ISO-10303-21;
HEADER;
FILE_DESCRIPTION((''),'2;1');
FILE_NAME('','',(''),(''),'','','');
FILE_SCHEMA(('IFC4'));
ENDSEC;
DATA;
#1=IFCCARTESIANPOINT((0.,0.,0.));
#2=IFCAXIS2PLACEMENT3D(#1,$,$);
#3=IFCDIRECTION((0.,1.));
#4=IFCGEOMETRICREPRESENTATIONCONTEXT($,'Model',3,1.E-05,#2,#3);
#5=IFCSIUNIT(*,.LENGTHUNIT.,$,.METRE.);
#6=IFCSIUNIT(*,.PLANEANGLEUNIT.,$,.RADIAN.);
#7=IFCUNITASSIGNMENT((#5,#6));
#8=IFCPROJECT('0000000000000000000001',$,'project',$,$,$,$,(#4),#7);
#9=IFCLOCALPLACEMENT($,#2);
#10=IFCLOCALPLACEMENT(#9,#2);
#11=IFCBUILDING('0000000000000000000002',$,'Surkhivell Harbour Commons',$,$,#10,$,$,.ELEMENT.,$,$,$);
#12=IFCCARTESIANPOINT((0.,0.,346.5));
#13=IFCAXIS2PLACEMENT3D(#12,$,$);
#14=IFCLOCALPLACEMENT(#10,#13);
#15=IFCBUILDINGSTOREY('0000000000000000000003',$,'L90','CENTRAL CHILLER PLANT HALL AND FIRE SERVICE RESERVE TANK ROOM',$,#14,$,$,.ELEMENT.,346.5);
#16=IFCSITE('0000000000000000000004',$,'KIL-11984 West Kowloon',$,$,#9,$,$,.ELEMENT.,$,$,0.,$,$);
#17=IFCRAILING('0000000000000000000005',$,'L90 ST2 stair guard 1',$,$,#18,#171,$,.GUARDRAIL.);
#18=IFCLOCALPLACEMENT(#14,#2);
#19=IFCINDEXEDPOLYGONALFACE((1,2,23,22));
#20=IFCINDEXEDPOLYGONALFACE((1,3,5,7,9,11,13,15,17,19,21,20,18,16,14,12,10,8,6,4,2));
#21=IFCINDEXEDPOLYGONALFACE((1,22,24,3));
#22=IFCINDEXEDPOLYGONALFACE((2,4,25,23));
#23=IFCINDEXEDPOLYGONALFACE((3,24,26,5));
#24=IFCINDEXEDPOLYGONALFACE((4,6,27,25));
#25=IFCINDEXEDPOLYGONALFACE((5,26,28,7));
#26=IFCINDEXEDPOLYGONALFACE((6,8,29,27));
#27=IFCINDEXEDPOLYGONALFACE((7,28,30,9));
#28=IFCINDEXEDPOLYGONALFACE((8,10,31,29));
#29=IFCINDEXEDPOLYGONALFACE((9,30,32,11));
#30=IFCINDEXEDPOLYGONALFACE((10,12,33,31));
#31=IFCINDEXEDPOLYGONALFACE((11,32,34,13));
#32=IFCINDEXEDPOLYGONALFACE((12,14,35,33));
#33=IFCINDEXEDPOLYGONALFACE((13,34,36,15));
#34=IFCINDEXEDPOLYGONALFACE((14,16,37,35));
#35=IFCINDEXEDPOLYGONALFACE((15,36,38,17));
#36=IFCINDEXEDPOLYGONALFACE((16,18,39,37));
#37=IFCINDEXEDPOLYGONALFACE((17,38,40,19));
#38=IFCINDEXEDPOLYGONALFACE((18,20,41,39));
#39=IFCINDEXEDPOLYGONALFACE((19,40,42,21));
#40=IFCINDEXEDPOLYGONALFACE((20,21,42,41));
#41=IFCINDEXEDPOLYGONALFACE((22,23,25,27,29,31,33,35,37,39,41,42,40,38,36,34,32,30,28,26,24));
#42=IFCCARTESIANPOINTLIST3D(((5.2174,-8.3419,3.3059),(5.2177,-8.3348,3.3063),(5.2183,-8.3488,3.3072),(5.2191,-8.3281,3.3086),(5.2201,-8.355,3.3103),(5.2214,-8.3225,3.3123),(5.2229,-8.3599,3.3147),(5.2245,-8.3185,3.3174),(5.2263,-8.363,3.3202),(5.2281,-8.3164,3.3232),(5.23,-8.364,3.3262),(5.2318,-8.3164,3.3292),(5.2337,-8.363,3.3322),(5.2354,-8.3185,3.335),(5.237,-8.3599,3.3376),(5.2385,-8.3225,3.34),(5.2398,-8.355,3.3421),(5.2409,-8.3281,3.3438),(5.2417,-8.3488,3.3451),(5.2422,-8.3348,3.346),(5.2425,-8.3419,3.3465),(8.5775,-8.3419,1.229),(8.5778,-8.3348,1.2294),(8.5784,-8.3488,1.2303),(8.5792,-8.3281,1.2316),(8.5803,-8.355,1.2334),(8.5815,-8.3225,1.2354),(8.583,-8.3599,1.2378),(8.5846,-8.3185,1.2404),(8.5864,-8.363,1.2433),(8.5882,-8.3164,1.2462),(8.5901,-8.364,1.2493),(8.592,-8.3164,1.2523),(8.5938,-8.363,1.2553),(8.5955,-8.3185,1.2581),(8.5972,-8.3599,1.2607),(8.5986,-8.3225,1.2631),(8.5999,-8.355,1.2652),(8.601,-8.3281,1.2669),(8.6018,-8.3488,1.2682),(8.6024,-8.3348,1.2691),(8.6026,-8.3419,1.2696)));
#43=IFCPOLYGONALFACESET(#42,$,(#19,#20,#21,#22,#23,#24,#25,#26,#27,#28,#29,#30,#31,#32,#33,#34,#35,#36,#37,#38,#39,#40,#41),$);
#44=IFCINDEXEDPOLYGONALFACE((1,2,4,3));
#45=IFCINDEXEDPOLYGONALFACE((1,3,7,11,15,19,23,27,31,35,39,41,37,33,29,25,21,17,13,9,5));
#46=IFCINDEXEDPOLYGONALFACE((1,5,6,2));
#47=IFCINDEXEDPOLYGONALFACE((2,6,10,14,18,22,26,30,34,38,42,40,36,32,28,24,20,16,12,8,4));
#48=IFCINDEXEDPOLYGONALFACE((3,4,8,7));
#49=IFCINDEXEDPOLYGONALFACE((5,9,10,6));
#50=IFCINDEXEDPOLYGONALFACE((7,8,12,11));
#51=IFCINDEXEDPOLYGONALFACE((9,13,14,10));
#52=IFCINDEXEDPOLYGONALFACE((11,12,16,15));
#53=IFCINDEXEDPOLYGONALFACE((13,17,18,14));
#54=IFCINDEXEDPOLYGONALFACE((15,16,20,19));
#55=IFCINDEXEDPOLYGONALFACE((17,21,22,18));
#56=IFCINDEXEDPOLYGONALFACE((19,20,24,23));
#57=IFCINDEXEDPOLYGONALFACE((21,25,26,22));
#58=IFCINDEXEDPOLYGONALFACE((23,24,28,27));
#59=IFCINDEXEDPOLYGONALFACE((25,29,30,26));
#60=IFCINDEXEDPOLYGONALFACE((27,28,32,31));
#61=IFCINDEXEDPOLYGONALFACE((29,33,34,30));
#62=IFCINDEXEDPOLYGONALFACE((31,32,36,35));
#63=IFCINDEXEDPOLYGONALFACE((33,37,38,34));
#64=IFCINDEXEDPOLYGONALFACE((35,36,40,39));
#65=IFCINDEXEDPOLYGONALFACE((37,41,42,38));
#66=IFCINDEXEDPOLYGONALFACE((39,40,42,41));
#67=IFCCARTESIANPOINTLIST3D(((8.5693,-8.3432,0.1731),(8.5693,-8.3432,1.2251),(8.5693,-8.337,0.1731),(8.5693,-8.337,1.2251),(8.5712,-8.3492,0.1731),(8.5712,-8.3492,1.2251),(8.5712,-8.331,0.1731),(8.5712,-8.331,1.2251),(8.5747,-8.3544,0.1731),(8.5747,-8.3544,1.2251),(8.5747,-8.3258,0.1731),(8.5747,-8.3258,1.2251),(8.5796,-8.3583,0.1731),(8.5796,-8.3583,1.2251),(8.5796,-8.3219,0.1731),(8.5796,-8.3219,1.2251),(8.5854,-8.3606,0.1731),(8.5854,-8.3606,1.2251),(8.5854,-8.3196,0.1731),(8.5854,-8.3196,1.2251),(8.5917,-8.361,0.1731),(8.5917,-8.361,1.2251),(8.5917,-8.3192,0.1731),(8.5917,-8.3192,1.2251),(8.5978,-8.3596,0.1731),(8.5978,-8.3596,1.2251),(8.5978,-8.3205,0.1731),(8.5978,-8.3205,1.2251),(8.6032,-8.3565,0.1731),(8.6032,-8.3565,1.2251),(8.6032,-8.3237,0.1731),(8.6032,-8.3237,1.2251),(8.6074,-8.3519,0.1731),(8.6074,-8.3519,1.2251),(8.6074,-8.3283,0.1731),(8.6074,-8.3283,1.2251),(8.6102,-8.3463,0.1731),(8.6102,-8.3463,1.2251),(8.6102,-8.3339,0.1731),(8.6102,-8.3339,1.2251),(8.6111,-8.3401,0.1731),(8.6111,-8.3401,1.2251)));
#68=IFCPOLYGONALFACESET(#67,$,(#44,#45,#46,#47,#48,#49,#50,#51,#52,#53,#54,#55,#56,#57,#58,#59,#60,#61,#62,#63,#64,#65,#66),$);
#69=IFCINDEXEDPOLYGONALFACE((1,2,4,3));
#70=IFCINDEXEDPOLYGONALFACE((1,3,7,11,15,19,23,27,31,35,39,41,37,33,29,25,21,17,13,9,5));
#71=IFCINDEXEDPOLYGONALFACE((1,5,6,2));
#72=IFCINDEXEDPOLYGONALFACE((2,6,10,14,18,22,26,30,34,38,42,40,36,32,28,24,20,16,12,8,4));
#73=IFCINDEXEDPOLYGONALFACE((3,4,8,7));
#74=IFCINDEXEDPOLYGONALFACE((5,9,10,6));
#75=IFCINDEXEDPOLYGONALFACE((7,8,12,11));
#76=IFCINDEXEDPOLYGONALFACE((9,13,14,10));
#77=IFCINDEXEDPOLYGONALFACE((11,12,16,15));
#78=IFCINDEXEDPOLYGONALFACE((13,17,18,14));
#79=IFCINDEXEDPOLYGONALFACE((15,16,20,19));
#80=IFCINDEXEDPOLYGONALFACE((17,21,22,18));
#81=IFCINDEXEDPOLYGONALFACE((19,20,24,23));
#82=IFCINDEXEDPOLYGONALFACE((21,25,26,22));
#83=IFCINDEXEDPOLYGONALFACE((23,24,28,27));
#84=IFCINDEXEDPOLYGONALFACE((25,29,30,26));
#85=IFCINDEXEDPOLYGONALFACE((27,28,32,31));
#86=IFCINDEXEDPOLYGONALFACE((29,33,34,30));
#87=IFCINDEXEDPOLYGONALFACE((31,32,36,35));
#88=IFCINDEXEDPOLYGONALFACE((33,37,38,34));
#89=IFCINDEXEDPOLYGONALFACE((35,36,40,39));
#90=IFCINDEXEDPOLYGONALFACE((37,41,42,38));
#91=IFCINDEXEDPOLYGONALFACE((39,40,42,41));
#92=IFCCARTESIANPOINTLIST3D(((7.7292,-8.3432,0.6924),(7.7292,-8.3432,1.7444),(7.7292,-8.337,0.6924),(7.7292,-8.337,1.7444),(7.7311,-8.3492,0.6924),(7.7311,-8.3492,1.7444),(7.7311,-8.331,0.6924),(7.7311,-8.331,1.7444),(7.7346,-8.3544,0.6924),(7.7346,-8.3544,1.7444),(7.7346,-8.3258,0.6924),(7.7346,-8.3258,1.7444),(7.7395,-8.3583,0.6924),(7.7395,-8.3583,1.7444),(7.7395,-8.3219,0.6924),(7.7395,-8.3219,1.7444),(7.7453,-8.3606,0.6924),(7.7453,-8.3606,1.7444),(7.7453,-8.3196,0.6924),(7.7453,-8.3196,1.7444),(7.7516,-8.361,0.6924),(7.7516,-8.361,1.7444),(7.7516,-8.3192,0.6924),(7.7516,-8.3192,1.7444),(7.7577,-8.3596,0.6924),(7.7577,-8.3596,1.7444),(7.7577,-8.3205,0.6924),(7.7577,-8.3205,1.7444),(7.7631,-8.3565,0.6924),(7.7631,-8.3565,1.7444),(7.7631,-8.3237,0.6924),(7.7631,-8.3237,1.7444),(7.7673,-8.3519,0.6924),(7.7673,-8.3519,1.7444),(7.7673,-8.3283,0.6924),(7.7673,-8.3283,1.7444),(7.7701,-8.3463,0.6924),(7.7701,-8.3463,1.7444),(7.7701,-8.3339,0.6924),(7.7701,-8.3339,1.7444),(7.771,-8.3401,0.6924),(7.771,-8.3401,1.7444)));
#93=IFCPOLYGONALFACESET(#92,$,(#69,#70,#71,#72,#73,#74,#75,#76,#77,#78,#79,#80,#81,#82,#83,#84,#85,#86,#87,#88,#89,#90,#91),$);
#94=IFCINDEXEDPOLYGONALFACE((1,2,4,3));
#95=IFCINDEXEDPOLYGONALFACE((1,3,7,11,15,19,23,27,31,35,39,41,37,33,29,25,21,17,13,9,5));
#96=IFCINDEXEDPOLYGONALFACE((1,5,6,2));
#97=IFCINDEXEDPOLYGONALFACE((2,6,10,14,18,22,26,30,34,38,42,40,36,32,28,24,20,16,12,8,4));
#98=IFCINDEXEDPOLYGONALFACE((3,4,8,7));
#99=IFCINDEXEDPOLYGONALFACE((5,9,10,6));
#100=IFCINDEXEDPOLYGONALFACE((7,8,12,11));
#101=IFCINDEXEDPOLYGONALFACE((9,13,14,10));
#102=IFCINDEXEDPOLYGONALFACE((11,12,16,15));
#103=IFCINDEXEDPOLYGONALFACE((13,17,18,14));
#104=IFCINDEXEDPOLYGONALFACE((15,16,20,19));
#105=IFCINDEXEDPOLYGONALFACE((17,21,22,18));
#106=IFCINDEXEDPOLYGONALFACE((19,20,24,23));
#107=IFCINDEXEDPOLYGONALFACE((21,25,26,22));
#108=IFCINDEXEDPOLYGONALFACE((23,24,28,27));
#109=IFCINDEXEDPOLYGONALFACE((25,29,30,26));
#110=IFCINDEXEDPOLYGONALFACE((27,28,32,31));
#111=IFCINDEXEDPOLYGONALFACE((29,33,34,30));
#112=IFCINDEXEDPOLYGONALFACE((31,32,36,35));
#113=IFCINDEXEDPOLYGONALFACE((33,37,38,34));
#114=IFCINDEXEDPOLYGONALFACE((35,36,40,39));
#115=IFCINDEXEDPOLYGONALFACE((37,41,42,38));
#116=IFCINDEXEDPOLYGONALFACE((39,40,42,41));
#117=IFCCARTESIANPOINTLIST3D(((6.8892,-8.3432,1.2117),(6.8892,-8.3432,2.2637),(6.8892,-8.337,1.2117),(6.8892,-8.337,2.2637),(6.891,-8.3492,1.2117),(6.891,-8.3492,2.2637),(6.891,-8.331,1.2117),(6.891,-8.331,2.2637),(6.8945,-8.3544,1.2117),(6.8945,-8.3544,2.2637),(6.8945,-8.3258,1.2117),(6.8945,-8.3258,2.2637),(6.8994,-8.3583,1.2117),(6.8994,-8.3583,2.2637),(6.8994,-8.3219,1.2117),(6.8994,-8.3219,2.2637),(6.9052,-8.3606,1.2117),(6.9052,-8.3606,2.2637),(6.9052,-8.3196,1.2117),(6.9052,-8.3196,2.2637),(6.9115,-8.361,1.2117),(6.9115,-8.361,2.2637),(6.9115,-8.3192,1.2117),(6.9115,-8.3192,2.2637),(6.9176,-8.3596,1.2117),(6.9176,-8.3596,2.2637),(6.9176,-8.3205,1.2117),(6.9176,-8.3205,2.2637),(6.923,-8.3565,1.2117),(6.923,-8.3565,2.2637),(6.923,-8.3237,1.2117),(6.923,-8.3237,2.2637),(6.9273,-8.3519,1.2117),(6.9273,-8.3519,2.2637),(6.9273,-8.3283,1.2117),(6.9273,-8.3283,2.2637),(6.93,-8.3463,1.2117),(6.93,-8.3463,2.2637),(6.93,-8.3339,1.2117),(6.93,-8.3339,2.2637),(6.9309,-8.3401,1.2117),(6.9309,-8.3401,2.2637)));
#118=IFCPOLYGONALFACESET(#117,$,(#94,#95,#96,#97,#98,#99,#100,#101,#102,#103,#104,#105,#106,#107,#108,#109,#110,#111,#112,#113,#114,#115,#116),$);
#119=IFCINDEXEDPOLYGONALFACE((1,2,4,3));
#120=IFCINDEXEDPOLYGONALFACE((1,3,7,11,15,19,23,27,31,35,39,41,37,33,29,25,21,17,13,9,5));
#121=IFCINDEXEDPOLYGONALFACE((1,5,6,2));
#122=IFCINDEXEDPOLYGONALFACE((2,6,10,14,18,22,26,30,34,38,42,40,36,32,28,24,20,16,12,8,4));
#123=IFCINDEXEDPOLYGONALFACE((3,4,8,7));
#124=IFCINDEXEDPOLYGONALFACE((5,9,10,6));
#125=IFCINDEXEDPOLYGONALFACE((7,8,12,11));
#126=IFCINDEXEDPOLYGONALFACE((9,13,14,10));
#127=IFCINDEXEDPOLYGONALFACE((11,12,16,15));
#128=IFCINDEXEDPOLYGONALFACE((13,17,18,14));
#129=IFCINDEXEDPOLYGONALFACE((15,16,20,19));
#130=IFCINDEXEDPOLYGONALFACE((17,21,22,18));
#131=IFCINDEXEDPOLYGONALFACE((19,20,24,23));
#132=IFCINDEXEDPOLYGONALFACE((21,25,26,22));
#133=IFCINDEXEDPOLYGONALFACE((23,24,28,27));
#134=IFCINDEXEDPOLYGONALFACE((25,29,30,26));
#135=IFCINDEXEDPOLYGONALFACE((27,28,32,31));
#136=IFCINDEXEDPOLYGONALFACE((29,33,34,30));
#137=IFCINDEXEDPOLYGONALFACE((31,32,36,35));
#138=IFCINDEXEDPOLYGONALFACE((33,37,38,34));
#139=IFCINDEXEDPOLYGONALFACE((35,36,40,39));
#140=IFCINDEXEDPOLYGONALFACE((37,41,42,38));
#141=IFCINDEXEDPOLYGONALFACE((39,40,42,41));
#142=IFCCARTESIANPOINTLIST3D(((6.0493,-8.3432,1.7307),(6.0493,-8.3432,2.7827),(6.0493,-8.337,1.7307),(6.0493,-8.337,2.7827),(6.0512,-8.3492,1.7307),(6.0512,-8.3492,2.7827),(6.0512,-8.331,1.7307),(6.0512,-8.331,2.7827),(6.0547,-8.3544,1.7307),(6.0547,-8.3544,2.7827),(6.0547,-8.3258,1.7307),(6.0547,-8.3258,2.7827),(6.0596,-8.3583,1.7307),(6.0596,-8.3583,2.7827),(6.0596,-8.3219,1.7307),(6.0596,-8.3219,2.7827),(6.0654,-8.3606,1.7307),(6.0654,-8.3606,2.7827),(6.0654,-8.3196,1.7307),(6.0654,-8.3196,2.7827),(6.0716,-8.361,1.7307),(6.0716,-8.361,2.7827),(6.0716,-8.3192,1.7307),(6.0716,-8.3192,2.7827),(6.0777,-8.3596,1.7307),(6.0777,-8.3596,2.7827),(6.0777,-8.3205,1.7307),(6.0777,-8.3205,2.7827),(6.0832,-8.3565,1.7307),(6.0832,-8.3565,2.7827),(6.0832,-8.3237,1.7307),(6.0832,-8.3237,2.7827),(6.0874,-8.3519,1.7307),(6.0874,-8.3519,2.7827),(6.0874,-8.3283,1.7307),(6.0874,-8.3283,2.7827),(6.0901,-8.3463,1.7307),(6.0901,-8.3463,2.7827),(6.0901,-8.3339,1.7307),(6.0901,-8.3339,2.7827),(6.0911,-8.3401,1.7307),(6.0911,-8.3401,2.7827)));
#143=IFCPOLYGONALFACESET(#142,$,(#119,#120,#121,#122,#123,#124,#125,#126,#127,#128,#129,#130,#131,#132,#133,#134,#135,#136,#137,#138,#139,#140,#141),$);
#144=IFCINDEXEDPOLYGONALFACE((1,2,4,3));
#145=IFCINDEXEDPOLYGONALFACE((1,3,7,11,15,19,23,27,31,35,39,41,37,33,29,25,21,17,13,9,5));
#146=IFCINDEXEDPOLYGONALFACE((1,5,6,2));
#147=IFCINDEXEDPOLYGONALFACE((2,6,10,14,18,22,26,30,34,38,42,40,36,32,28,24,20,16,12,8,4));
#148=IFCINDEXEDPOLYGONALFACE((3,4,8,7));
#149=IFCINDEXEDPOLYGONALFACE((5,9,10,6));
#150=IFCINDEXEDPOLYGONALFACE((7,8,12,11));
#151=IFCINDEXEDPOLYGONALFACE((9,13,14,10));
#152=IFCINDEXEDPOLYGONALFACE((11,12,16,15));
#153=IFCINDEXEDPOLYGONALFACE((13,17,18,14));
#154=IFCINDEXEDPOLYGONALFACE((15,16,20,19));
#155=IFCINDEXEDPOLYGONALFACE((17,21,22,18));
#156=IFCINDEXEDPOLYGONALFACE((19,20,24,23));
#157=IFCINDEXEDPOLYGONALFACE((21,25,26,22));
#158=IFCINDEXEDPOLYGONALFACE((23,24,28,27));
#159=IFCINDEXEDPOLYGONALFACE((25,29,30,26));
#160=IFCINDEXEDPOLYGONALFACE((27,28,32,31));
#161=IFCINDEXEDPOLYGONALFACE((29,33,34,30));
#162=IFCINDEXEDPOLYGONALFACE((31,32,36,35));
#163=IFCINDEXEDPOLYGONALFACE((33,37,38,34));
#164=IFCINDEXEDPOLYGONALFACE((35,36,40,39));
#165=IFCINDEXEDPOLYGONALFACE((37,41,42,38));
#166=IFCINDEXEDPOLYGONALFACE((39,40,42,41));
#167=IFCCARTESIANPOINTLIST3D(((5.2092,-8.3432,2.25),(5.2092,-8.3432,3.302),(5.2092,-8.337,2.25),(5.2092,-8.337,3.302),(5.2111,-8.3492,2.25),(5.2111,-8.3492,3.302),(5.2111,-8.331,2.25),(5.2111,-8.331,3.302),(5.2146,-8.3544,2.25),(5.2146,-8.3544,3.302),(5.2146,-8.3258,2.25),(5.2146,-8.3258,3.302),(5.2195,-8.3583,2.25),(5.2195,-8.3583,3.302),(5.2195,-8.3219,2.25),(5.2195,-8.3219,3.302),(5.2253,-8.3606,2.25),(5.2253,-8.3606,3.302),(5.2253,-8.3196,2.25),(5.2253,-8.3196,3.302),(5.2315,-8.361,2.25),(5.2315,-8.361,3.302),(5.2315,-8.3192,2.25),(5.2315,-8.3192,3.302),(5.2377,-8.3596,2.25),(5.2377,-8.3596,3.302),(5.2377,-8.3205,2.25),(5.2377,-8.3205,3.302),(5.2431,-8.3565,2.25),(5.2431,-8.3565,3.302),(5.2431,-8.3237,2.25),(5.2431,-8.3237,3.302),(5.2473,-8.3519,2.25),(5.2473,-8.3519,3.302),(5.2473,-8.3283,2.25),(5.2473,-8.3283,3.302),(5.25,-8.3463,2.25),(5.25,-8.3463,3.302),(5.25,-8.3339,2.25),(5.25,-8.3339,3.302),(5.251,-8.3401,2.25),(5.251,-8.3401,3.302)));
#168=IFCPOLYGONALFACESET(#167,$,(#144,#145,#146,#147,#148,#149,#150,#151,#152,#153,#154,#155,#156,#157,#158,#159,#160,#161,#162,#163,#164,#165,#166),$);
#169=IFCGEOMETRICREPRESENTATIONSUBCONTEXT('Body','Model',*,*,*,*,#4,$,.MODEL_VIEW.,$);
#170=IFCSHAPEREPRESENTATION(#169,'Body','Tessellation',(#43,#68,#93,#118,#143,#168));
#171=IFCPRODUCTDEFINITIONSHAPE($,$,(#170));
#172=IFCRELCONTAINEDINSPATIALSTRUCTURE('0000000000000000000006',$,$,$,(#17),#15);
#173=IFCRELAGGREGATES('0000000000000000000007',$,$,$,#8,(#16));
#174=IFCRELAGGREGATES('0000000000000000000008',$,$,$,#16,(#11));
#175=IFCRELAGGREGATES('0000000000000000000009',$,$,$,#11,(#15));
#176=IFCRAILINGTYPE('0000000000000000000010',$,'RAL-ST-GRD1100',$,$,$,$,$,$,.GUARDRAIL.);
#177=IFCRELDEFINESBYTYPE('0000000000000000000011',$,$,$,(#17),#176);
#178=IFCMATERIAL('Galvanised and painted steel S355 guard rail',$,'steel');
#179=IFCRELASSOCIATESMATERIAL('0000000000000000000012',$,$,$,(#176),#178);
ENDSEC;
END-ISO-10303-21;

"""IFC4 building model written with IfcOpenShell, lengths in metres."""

from ifc_helpers import new_model, si_unit, direction, frame, origin, origin_2d, place, context, subcontext, project, spatial, circle, extrude, material, type_object, element, save


model = new_model("IFC4")

# Units and contexts
model_context = context("Model", 3, precision=1e-05, world=origin(), true_north=direction((0.0, 1.0)))
body_context = subcontext(model_context, "Body", "Model", "MODEL_VIEW")
ifc_project = project(units=[si_unit("LENGTHUNIT", "METRE"), si_unit("PLANEANGLEUNIT", "RADIAN")], contexts=[model_context])

# Site, building, storey
site_placement = place(None, origin())
site = spatial("IfcSite", under=ifc_project, at=site_placement, Name="KIL-11984 West Kowloon", CompositionType="ELEMENT", RefElevation=0.0)
building_placement = place(site_placement, origin())
building = spatial("IfcBuilding", under=site, at=building_placement, Name="Surkhivell Harbour Commons", CompositionType="ELEMENT")
storey_placement = place(building_placement, frame((0.0, 0.0, 346.5)))
storey = spatial("IfcBuildingStorey", under=building, at=storey_placement, Name="L90", Description="CENTRAL CHILLER PLANT HALL AND FIRE SERVICE RESERVE TANK ROOM", CompositionType="ELEMENT", Elevation=346.5)

# Railing
ifc_material_1 = material(Name="Galvanised and painted steel S355 guard rail", Category="steel")
railing_type_1 = type_object("IfcRailingType", Name="RAL-ST-GRD1100", PredefinedType="GUARDRAIL", material=ifc_material_1)
railing_1_placement = place(storey_placement, frame((8.5901, -8.3401, 0.1731)))
element("IfcRailing", 1, at=railing_1_placement, inside=storey, type_object=railing_type_1, Name="L90 ST2 stair guard 1", PredefinedType="GUARDRAIL", context=body_context, shape_type="SweptSolid", body=[
    extrude(circle(Radius=0.0239, at=origin_2d()), frame((0.0, 0.0, 1.0762), z_axis=(-0.850623, 0.0, 0.525776), x_axis=(0.0, -1.0, 0.0)), (0.0, 0.0, 1.0), 3.9502),
    extrude(circle(Radius=0.021, at=origin_2d()), origin(), (0.0, 0.0, 1.0), 1.052),
    extrude(circle(Radius=0.021, at=origin_2d()), frame((-0.8401, 0.0, 0.5193)), (0.0, 0.0, 1.0), 1.052),
    extrude(circle(Radius=0.021, at=origin_2d()), frame((-1.6802, 0.0, 1.0386)), (0.0, 0.0, 1.0), 1.052),
    extrude(circle(Radius=0.021, at=origin_2d()), frame((-2.52, 0.0, 1.5576)), (0.0, 0.0, 1.0), 1.052),
    extrude(circle(Radius=0.021, at=origin_2d()), frame((-3.3601, 0.0, 2.0769)), (0.0, 0.0, 1.0), 1.052),
])

save(model, "model.ifc")
